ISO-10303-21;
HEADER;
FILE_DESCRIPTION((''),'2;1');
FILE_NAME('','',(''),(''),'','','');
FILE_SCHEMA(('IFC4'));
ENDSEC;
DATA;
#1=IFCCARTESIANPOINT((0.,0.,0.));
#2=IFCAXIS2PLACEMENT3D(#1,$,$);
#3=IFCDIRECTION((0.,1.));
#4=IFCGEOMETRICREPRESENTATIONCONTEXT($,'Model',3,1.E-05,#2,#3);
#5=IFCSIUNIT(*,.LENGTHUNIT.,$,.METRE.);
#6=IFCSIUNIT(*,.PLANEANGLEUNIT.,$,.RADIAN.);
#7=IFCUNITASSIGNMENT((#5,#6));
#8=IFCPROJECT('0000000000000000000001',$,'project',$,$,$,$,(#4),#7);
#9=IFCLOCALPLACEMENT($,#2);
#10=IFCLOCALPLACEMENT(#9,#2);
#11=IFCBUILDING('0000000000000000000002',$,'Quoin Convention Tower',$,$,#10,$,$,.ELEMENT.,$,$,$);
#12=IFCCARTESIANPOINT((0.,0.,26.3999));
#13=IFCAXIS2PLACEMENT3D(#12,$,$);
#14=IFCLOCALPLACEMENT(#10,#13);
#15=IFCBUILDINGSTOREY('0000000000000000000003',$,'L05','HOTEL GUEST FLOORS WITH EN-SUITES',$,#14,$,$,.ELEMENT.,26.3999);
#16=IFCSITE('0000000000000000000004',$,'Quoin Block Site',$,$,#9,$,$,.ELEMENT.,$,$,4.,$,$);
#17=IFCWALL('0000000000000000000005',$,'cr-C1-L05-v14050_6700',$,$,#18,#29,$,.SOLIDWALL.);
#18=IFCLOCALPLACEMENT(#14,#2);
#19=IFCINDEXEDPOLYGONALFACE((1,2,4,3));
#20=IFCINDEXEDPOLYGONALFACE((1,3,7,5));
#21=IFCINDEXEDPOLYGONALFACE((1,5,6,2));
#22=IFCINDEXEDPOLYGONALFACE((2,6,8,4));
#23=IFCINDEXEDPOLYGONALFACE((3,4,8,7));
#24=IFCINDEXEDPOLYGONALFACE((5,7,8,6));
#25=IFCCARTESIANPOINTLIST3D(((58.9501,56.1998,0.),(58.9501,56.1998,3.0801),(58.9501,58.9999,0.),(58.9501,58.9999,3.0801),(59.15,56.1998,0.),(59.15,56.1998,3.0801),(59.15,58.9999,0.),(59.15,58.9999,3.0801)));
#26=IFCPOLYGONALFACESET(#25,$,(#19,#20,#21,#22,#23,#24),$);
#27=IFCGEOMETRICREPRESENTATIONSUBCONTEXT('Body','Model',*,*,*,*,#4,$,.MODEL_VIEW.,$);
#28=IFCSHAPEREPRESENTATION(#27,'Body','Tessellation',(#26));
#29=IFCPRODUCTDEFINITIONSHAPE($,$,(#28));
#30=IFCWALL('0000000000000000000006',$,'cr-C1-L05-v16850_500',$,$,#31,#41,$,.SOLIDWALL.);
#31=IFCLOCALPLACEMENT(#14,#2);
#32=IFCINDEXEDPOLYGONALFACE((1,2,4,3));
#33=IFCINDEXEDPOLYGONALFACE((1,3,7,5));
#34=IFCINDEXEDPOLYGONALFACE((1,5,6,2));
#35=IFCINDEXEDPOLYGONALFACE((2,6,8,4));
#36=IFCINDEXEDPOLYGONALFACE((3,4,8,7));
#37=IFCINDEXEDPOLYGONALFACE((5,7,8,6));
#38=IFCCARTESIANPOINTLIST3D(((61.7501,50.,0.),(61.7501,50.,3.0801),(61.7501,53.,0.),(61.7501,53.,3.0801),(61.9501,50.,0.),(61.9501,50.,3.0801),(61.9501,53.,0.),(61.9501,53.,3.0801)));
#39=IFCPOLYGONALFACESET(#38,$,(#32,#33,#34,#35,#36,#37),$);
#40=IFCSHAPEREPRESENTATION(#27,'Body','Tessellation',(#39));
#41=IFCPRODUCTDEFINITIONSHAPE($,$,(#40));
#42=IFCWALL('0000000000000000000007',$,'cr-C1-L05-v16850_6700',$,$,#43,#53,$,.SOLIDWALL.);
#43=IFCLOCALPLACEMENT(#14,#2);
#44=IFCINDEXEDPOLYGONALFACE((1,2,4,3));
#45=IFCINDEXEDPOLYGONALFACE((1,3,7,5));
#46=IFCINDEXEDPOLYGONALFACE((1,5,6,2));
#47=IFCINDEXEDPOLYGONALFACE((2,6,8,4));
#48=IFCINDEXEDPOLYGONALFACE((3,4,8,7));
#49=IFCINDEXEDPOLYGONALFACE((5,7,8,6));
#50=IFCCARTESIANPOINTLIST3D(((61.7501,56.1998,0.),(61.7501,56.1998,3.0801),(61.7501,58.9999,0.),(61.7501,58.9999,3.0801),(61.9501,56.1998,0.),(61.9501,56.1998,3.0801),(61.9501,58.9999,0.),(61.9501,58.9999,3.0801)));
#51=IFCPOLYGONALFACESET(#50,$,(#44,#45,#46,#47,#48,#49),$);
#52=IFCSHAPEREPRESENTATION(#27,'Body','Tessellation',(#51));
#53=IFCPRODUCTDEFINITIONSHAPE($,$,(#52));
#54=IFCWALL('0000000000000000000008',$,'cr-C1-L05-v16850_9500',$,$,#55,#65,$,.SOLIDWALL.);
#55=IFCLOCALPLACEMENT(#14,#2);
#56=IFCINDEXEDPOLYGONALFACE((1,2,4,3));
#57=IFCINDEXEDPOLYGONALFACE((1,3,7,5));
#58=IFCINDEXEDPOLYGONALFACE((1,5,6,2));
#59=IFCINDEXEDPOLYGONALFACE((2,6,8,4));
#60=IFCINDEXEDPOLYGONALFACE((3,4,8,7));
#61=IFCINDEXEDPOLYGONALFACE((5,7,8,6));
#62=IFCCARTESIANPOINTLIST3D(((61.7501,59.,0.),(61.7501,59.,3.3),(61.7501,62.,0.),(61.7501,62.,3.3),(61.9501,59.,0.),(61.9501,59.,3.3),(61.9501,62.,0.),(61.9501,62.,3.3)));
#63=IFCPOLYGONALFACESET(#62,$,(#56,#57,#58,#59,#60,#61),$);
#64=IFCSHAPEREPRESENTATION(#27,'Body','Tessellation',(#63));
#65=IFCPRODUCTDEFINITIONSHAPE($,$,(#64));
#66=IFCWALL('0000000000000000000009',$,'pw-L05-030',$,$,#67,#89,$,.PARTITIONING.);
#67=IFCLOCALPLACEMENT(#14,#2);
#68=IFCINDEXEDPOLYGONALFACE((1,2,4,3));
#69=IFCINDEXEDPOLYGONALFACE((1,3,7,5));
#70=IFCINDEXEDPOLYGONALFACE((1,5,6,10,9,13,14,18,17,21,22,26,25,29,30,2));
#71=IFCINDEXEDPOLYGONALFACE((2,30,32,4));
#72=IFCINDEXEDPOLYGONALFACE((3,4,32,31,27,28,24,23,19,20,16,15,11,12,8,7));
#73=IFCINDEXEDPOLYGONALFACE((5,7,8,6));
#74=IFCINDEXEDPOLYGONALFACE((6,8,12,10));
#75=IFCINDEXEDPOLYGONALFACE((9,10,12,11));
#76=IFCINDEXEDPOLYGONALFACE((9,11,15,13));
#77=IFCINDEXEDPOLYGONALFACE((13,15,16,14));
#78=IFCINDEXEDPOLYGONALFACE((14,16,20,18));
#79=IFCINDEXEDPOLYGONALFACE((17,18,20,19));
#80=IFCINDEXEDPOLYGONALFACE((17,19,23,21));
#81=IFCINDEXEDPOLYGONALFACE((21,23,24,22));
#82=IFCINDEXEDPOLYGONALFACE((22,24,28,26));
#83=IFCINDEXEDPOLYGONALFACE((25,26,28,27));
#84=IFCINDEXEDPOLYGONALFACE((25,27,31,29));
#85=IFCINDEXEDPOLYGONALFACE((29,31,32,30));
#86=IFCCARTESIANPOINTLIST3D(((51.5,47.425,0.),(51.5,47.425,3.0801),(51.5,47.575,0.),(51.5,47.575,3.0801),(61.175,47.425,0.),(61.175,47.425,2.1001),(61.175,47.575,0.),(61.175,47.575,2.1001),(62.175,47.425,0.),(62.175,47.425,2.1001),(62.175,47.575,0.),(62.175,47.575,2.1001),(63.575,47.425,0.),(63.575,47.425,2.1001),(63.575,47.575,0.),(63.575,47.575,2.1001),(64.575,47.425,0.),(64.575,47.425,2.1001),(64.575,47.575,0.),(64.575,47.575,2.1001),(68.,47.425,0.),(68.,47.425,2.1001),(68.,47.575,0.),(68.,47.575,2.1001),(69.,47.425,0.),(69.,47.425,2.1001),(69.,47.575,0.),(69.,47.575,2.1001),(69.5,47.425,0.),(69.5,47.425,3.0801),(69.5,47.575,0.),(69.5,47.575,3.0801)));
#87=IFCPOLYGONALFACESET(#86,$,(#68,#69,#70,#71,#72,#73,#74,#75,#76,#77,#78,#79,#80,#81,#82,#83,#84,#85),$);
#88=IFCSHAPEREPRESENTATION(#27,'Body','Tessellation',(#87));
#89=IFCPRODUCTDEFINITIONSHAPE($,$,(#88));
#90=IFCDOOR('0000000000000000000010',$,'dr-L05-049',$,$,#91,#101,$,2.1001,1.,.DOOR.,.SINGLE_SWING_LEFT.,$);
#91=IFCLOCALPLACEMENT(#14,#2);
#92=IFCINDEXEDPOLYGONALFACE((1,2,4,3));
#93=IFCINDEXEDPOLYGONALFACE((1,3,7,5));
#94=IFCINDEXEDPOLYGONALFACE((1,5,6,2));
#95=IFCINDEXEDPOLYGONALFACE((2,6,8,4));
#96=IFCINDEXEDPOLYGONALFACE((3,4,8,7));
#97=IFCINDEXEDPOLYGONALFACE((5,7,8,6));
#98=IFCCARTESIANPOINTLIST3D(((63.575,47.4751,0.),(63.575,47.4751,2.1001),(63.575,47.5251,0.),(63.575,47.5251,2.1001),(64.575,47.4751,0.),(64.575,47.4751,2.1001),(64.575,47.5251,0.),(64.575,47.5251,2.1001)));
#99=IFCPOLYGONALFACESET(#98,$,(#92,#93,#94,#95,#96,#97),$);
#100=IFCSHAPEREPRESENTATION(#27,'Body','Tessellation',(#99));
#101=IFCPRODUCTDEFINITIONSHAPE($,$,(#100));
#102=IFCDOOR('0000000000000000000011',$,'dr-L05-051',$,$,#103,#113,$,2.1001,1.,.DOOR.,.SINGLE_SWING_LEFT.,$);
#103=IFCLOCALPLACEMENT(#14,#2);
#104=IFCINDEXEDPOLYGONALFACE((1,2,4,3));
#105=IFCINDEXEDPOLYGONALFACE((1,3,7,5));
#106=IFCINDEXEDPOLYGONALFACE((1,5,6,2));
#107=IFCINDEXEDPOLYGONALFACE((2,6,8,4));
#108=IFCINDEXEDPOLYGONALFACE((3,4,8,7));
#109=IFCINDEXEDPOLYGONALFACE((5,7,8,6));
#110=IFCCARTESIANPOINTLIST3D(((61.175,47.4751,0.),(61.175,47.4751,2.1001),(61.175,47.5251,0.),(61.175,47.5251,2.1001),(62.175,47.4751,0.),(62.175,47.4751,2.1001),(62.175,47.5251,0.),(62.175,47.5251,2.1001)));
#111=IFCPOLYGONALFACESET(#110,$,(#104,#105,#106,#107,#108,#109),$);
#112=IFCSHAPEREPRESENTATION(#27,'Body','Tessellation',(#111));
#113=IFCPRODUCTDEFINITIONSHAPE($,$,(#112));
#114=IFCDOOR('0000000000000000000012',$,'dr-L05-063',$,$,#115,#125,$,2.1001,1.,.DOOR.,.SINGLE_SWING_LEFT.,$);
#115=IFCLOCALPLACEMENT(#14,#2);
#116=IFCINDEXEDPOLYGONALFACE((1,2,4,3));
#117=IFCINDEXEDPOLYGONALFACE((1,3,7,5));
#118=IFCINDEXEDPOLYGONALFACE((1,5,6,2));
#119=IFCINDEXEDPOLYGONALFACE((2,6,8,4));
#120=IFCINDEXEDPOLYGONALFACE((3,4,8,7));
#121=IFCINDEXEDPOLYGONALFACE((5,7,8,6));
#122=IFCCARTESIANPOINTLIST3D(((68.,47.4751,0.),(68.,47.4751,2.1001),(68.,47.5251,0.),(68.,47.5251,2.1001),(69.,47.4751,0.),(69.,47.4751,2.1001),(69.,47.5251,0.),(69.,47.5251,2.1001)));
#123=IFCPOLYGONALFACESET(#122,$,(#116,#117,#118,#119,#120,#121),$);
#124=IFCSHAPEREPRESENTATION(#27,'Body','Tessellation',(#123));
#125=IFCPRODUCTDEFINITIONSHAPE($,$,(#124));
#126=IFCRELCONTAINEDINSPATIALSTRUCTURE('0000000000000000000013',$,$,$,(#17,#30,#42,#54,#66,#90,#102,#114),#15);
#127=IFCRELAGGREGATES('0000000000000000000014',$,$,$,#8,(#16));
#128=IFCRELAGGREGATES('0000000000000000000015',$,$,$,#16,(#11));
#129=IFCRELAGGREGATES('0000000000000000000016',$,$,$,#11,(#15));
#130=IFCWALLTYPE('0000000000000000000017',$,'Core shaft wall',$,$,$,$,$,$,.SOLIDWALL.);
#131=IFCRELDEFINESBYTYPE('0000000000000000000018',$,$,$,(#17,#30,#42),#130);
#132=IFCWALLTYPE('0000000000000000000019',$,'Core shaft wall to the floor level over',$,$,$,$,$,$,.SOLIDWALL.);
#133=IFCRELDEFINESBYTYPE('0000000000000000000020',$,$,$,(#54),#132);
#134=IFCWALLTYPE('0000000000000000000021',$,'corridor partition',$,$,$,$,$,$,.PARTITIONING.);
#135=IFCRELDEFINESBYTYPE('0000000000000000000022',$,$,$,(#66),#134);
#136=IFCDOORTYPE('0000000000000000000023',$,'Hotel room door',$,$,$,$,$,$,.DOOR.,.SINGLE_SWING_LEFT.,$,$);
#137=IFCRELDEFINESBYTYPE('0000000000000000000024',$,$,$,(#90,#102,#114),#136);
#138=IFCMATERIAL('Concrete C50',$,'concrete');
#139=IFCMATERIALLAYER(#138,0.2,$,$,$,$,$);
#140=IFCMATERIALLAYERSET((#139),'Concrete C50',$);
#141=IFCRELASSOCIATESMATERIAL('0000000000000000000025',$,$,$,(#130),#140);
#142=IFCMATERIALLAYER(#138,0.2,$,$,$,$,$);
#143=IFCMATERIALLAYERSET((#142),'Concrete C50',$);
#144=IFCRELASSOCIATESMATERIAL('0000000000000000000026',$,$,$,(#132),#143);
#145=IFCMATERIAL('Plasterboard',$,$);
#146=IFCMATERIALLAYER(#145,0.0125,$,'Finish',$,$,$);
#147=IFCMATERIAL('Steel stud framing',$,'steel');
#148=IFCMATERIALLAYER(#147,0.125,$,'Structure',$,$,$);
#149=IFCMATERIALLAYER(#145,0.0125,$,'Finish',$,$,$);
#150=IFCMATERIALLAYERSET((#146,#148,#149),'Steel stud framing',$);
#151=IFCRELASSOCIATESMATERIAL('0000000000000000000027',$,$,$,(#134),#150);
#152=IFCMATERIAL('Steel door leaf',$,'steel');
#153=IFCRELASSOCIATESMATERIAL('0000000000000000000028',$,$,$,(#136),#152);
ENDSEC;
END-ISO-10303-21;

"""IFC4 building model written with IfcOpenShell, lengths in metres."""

from ifc_helpers import new_model, si_unit, direction, frame, frame_2d, origin, place, context, subcontext, project, spatial, rectangle, extrude, material, layer, layer_set, type_object, element, fill, save


model = new_model("IFC4")

# Units and contexts
model_context = context("Model", 3, precision=1e-05, world=origin(), true_north=direction((0.0, 1.0)))
body_context = subcontext(model_context, "Body", "Model", "MODEL_VIEW")
ifc_project = project(units=[si_unit("LENGTHUNIT", "METRE"), si_unit("PLANEANGLEUNIT", "RADIAN")], contexts=[model_context])

# Site, building, storey
site_placement = place(None, origin())
site = spatial("IfcSite", under=ifc_project, at=site_placement, Name="Quoin Block Site", CompositionType="ELEMENT", RefElevation=4.0)
building_placement = place(site_placement, origin())
building = spatial("IfcBuilding", under=site, at=building_placement, Name="Quoin Convention Tower", CompositionType="ELEMENT")
storey_placement = place(building_placement, frame((0.0, 0.0, 26.3999)))
storey = spatial("IfcBuildingStorey", under=building, at=storey_placement, Name="L05", Description="HOTEL GUEST FLOORS WITH EN-SUITES", CompositionType="ELEMENT", Elevation=26.3999)

# Shared definitions
ifc_material_1 = material(Name="Plasterboard")
ifc_material_2 = material(Name="Steel stud framing", Category="steel")
ifc_material_3 = material(Name="Steel door leaf", Category="steel")

# Walls
ifc_material_4 = material(Name="Concrete C50", Category="concrete")
ifc_layer_1 = layer(ifc_material_4, 0.2)
ifc_layer_set_1 = layer_set([ifc_layer_1], Name="Concrete C50")
wall_type_1 = type_object("IfcWallType", Name="Core shaft wall", PredefinedType="SOLIDWALL", material=ifc_layer_set_1)
wall_1_placement = place(storey_placement, frame((59.05, 56.2, 0.0), z_axis=(0.0, 0.0, 1.0), x_axis=(0.0, 1.0, 0.0)))
element("IfcWall", 1, at=wall_1_placement, inside=storey, type_object=wall_type_1, Name="cr-C1-L05-v14050_6700", PredefinedType="SOLIDWALL", context=body_context, shape_type="SweptSolid", body=[
    extrude(rectangle(XDim=2.8, YDim=0.2, at=frame_2d((1.3999, 0.0))), origin(), (0.0, 0.0, 1.0), 3.0801),
])
wall_2_placement = place(storey_placement, frame((61.8501, 50.0, 0.0), z_axis=(0.0, 0.0, 1.0), x_axis=(0.0, 1.0, 0.0)))
element("IfcWall", 2, at=wall_2_placement, inside=storey, type_object=wall_type_1, Name="cr-C1-L05-v16850_500", PredefinedType="SOLIDWALL", context=body_context, shape_type="SweptSolid", body=[
    extrude(rectangle(XDim=3.0, YDim=0.2, at=frame_2d((1.5, 0.0))), origin(), (0.0, 0.0, 1.0), 3.0801),
])
wall_3_placement = place(storey_placement, frame((61.8501, 56.2, 0.0), z_axis=(0.0, 0.0, 1.0), x_axis=(0.0, 1.0, 0.0)))
element("IfcWall", 3, at=wall_3_placement, inside=storey, type_object=wall_type_1, Name="cr-C1-L05-v16850_6700", PredefinedType="SOLIDWALL", context=body_context, shape_type="SweptSolid", body=[
    extrude(rectangle(XDim=2.8, YDim=0.2, at=frame_2d((1.3999, 0.0))), origin(), (0.0, 0.0, 1.0), 3.0801),
])
ifc_layer_2 = layer(ifc_material_4, 0.2)
ifc_layer_set_2 = layer_set([ifc_layer_2], Name="Concrete C50")
wall_type_2 = type_object("IfcWallType", Name="Core shaft wall to the floor level over", PredefinedType="SOLIDWALL", material=ifc_layer_set_2)
wall_4_placement = place(storey_placement, frame((61.8501, 59.0, 0.0), z_axis=(0.0, 0.0, 1.0), x_axis=(0.0, 1.0, 0.0)))
element("IfcWall", 4, at=wall_4_placement, inside=storey, type_object=wall_type_2, Name="cr-C1-L05-v16850_9500", PredefinedType="SOLIDWALL", context=body_context, shape_type="SweptSolid", body=[
    extrude(rectangle(XDim=3.0, YDim=0.2, at=frame_2d((1.5, 0.0))), origin(), (0.0, 0.0, 1.0), 3.3),
])

# Wall, openings, doors
ifc_layer_3 = layer(ifc_material_1, 0.0125, Name="Finish")
ifc_layer_4 = layer(ifc_material_2, 0.125, Name="Structure")
ifc_layer_5 = layer(ifc_material_1, 0.0125, Name="Finish")
ifc_layer_set_3 = layer_set([ifc_layer_3, ifc_layer_4, ifc_layer_5], Name="Steel stud framing")
wall_type_3 = type_object("IfcWallType", Name="corridor partition", PredefinedType="PARTITIONING", material=ifc_layer_set_3)
wall_5_placement = place(storey_placement, frame((51.5, 47.5, 0.0), z_axis=(0.0, 0.0, 1.0), x_axis=(1.0, 0.0, 0.0)))
wall_5 = element("IfcWall", 5, at=wall_5_placement, inside=storey, type_object=wall_type_3, Name="pw-L05-030", PredefinedType="PARTITIONING", context=body_context, shape_type="SweptSolid", body=[
    extrude(rectangle(XDim=18.0, YDim=0.1499, at=frame_2d((9.0, 0.0))), origin(), (0.0, 0.0, 1.0), 3.0801),
])
opening_1_placement = place(wall_5_placement, frame((12.075, 0.0, 0.0)))
opening_1 = element("IfcOpeningElement", 6, at=opening_1_placement, cuts=wall_5, PredefinedType="OPENING", context=body_context, shape_type="SweptSolid", body=[
    extrude(rectangle(XDim=1.0, YDim=2.1001, at=frame_2d((0.5, 1.05))), frame((0.0, 0.085, 0.0), z_axis=(0.0, -1.0, 0.0), x_axis=(1.0, 0.0, 0.0)), (0.0, 0.0, 1.0), 0.1699),
])
opening_2_placement = place(wall_5_placement, frame((9.675, 0.0, 0.0)))
opening_2 = element("IfcOpeningElement", 7, at=opening_2_placement, cuts=wall_5, PredefinedType="OPENING", context=body_context, shape_type="SweptSolid", body=[
    extrude(rectangle(XDim=1.0, YDim=2.1001, at=frame_2d((0.5, 1.05))), frame((0.0, 0.085, 0.0), z_axis=(0.0, -1.0, 0.0), x_axis=(1.0, 0.0, 0.0)), (0.0, 0.0, 1.0), 0.1699),
])
opening_3_placement = place(wall_5_placement, frame((16.5, 0.0, 0.0)))
opening_3 = element("IfcOpeningElement", 8, at=opening_3_placement, cuts=wall_5, PredefinedType="OPENING", context=body_context, shape_type="SweptSolid", body=[
    extrude(rectangle(XDim=1.0, YDim=2.1001, at=frame_2d((0.5, 1.05))), frame((0.0, 0.085, 0.0), z_axis=(0.0, -1.0, 0.0), x_axis=(1.0, 0.0, 0.0)), (0.0, 0.0, 1.0), 0.1699),
])
door_type_1 = type_object("IfcDoorType", Name="Hotel room door", OperationType="SINGLE_SWING_LEFT", PredefinedType="DOOR", material=ifc_material_3)
door_1_placement = place(opening_1_placement, frame((1.0, 0.0, 0.0), z_axis=(0.0, 0.0, 1.0), x_axis=(-1.0, 0.0, 0.0)))
door_1 = element("IfcDoor", 9, at=door_1_placement, inside=storey, type_object=door_type_1, Name="dr-L05-049", OperationType="SINGLE_SWING_LEFT", OverallHeight=2.1001, OverallWidth=1.0, PredefinedType="DOOR", context=body_context, shape_type="SweptSolid", body=[
    extrude(rectangle(XDim=1.0, YDim=2.1001, at=frame_2d((0.5, 1.05))), frame((0.0, 0.0249, 0.0), z_axis=(0.0, -1.0, 0.0), x_axis=(1.0, 0.0, 0.0)), (0.0, 0.0, 1.0), 0.05),
])
fill(opening_1, door_1)
door_2_placement = place(opening_2_placement, frame((1.0, 0.0, 0.0), z_axis=(0.0, 0.0, 1.0), x_axis=(-1.0, 0.0, 0.0)))
door_2 = element("IfcDoor", 10, at=door_2_placement, inside=storey, type_object=door_type_1, Name="dr-L05-051", OperationType="SINGLE_SWING_LEFT", OverallHeight=2.1001, OverallWidth=1.0, PredefinedType="DOOR", context=body_context, shape_type="SweptSolid", body=[
    extrude(rectangle(XDim=1.0, YDim=2.1001, at=frame_2d((0.5, 1.05))), frame((0.0, 0.0249, 0.0), z_axis=(0.0, -1.0, 0.0), x_axis=(1.0, 0.0, 0.0)), (0.0, 0.0, 1.0), 0.05),
])
fill(opening_2, door_2)
door_3_placement = place(opening_3_placement, frame((1.0, 0.0, 0.0), z_axis=(0.0, 0.0, 1.0), x_axis=(-1.0, 0.0, 0.0)))
door_3 = element("IfcDoor", 11, at=door_3_placement, inside=storey, type_object=door_type_1, Name="dr-L05-063", OperationType="SINGLE_SWING_LEFT", OverallHeight=2.1001, OverallWidth=1.0, PredefinedType="DOOR", context=body_context, shape_type="SweptSolid", body=[
    extrude(rectangle(XDim=1.0, YDim=2.1001, at=frame_2d((0.5, 1.05))), frame((0.0, 0.0249, 0.0), z_axis=(0.0, -1.0, 0.0), x_axis=(1.0, 0.0, 0.0)), (0.0, 0.0, 1.0), 0.05),
])
fill(opening_3, door_3)

save(model, "model.ifc")
